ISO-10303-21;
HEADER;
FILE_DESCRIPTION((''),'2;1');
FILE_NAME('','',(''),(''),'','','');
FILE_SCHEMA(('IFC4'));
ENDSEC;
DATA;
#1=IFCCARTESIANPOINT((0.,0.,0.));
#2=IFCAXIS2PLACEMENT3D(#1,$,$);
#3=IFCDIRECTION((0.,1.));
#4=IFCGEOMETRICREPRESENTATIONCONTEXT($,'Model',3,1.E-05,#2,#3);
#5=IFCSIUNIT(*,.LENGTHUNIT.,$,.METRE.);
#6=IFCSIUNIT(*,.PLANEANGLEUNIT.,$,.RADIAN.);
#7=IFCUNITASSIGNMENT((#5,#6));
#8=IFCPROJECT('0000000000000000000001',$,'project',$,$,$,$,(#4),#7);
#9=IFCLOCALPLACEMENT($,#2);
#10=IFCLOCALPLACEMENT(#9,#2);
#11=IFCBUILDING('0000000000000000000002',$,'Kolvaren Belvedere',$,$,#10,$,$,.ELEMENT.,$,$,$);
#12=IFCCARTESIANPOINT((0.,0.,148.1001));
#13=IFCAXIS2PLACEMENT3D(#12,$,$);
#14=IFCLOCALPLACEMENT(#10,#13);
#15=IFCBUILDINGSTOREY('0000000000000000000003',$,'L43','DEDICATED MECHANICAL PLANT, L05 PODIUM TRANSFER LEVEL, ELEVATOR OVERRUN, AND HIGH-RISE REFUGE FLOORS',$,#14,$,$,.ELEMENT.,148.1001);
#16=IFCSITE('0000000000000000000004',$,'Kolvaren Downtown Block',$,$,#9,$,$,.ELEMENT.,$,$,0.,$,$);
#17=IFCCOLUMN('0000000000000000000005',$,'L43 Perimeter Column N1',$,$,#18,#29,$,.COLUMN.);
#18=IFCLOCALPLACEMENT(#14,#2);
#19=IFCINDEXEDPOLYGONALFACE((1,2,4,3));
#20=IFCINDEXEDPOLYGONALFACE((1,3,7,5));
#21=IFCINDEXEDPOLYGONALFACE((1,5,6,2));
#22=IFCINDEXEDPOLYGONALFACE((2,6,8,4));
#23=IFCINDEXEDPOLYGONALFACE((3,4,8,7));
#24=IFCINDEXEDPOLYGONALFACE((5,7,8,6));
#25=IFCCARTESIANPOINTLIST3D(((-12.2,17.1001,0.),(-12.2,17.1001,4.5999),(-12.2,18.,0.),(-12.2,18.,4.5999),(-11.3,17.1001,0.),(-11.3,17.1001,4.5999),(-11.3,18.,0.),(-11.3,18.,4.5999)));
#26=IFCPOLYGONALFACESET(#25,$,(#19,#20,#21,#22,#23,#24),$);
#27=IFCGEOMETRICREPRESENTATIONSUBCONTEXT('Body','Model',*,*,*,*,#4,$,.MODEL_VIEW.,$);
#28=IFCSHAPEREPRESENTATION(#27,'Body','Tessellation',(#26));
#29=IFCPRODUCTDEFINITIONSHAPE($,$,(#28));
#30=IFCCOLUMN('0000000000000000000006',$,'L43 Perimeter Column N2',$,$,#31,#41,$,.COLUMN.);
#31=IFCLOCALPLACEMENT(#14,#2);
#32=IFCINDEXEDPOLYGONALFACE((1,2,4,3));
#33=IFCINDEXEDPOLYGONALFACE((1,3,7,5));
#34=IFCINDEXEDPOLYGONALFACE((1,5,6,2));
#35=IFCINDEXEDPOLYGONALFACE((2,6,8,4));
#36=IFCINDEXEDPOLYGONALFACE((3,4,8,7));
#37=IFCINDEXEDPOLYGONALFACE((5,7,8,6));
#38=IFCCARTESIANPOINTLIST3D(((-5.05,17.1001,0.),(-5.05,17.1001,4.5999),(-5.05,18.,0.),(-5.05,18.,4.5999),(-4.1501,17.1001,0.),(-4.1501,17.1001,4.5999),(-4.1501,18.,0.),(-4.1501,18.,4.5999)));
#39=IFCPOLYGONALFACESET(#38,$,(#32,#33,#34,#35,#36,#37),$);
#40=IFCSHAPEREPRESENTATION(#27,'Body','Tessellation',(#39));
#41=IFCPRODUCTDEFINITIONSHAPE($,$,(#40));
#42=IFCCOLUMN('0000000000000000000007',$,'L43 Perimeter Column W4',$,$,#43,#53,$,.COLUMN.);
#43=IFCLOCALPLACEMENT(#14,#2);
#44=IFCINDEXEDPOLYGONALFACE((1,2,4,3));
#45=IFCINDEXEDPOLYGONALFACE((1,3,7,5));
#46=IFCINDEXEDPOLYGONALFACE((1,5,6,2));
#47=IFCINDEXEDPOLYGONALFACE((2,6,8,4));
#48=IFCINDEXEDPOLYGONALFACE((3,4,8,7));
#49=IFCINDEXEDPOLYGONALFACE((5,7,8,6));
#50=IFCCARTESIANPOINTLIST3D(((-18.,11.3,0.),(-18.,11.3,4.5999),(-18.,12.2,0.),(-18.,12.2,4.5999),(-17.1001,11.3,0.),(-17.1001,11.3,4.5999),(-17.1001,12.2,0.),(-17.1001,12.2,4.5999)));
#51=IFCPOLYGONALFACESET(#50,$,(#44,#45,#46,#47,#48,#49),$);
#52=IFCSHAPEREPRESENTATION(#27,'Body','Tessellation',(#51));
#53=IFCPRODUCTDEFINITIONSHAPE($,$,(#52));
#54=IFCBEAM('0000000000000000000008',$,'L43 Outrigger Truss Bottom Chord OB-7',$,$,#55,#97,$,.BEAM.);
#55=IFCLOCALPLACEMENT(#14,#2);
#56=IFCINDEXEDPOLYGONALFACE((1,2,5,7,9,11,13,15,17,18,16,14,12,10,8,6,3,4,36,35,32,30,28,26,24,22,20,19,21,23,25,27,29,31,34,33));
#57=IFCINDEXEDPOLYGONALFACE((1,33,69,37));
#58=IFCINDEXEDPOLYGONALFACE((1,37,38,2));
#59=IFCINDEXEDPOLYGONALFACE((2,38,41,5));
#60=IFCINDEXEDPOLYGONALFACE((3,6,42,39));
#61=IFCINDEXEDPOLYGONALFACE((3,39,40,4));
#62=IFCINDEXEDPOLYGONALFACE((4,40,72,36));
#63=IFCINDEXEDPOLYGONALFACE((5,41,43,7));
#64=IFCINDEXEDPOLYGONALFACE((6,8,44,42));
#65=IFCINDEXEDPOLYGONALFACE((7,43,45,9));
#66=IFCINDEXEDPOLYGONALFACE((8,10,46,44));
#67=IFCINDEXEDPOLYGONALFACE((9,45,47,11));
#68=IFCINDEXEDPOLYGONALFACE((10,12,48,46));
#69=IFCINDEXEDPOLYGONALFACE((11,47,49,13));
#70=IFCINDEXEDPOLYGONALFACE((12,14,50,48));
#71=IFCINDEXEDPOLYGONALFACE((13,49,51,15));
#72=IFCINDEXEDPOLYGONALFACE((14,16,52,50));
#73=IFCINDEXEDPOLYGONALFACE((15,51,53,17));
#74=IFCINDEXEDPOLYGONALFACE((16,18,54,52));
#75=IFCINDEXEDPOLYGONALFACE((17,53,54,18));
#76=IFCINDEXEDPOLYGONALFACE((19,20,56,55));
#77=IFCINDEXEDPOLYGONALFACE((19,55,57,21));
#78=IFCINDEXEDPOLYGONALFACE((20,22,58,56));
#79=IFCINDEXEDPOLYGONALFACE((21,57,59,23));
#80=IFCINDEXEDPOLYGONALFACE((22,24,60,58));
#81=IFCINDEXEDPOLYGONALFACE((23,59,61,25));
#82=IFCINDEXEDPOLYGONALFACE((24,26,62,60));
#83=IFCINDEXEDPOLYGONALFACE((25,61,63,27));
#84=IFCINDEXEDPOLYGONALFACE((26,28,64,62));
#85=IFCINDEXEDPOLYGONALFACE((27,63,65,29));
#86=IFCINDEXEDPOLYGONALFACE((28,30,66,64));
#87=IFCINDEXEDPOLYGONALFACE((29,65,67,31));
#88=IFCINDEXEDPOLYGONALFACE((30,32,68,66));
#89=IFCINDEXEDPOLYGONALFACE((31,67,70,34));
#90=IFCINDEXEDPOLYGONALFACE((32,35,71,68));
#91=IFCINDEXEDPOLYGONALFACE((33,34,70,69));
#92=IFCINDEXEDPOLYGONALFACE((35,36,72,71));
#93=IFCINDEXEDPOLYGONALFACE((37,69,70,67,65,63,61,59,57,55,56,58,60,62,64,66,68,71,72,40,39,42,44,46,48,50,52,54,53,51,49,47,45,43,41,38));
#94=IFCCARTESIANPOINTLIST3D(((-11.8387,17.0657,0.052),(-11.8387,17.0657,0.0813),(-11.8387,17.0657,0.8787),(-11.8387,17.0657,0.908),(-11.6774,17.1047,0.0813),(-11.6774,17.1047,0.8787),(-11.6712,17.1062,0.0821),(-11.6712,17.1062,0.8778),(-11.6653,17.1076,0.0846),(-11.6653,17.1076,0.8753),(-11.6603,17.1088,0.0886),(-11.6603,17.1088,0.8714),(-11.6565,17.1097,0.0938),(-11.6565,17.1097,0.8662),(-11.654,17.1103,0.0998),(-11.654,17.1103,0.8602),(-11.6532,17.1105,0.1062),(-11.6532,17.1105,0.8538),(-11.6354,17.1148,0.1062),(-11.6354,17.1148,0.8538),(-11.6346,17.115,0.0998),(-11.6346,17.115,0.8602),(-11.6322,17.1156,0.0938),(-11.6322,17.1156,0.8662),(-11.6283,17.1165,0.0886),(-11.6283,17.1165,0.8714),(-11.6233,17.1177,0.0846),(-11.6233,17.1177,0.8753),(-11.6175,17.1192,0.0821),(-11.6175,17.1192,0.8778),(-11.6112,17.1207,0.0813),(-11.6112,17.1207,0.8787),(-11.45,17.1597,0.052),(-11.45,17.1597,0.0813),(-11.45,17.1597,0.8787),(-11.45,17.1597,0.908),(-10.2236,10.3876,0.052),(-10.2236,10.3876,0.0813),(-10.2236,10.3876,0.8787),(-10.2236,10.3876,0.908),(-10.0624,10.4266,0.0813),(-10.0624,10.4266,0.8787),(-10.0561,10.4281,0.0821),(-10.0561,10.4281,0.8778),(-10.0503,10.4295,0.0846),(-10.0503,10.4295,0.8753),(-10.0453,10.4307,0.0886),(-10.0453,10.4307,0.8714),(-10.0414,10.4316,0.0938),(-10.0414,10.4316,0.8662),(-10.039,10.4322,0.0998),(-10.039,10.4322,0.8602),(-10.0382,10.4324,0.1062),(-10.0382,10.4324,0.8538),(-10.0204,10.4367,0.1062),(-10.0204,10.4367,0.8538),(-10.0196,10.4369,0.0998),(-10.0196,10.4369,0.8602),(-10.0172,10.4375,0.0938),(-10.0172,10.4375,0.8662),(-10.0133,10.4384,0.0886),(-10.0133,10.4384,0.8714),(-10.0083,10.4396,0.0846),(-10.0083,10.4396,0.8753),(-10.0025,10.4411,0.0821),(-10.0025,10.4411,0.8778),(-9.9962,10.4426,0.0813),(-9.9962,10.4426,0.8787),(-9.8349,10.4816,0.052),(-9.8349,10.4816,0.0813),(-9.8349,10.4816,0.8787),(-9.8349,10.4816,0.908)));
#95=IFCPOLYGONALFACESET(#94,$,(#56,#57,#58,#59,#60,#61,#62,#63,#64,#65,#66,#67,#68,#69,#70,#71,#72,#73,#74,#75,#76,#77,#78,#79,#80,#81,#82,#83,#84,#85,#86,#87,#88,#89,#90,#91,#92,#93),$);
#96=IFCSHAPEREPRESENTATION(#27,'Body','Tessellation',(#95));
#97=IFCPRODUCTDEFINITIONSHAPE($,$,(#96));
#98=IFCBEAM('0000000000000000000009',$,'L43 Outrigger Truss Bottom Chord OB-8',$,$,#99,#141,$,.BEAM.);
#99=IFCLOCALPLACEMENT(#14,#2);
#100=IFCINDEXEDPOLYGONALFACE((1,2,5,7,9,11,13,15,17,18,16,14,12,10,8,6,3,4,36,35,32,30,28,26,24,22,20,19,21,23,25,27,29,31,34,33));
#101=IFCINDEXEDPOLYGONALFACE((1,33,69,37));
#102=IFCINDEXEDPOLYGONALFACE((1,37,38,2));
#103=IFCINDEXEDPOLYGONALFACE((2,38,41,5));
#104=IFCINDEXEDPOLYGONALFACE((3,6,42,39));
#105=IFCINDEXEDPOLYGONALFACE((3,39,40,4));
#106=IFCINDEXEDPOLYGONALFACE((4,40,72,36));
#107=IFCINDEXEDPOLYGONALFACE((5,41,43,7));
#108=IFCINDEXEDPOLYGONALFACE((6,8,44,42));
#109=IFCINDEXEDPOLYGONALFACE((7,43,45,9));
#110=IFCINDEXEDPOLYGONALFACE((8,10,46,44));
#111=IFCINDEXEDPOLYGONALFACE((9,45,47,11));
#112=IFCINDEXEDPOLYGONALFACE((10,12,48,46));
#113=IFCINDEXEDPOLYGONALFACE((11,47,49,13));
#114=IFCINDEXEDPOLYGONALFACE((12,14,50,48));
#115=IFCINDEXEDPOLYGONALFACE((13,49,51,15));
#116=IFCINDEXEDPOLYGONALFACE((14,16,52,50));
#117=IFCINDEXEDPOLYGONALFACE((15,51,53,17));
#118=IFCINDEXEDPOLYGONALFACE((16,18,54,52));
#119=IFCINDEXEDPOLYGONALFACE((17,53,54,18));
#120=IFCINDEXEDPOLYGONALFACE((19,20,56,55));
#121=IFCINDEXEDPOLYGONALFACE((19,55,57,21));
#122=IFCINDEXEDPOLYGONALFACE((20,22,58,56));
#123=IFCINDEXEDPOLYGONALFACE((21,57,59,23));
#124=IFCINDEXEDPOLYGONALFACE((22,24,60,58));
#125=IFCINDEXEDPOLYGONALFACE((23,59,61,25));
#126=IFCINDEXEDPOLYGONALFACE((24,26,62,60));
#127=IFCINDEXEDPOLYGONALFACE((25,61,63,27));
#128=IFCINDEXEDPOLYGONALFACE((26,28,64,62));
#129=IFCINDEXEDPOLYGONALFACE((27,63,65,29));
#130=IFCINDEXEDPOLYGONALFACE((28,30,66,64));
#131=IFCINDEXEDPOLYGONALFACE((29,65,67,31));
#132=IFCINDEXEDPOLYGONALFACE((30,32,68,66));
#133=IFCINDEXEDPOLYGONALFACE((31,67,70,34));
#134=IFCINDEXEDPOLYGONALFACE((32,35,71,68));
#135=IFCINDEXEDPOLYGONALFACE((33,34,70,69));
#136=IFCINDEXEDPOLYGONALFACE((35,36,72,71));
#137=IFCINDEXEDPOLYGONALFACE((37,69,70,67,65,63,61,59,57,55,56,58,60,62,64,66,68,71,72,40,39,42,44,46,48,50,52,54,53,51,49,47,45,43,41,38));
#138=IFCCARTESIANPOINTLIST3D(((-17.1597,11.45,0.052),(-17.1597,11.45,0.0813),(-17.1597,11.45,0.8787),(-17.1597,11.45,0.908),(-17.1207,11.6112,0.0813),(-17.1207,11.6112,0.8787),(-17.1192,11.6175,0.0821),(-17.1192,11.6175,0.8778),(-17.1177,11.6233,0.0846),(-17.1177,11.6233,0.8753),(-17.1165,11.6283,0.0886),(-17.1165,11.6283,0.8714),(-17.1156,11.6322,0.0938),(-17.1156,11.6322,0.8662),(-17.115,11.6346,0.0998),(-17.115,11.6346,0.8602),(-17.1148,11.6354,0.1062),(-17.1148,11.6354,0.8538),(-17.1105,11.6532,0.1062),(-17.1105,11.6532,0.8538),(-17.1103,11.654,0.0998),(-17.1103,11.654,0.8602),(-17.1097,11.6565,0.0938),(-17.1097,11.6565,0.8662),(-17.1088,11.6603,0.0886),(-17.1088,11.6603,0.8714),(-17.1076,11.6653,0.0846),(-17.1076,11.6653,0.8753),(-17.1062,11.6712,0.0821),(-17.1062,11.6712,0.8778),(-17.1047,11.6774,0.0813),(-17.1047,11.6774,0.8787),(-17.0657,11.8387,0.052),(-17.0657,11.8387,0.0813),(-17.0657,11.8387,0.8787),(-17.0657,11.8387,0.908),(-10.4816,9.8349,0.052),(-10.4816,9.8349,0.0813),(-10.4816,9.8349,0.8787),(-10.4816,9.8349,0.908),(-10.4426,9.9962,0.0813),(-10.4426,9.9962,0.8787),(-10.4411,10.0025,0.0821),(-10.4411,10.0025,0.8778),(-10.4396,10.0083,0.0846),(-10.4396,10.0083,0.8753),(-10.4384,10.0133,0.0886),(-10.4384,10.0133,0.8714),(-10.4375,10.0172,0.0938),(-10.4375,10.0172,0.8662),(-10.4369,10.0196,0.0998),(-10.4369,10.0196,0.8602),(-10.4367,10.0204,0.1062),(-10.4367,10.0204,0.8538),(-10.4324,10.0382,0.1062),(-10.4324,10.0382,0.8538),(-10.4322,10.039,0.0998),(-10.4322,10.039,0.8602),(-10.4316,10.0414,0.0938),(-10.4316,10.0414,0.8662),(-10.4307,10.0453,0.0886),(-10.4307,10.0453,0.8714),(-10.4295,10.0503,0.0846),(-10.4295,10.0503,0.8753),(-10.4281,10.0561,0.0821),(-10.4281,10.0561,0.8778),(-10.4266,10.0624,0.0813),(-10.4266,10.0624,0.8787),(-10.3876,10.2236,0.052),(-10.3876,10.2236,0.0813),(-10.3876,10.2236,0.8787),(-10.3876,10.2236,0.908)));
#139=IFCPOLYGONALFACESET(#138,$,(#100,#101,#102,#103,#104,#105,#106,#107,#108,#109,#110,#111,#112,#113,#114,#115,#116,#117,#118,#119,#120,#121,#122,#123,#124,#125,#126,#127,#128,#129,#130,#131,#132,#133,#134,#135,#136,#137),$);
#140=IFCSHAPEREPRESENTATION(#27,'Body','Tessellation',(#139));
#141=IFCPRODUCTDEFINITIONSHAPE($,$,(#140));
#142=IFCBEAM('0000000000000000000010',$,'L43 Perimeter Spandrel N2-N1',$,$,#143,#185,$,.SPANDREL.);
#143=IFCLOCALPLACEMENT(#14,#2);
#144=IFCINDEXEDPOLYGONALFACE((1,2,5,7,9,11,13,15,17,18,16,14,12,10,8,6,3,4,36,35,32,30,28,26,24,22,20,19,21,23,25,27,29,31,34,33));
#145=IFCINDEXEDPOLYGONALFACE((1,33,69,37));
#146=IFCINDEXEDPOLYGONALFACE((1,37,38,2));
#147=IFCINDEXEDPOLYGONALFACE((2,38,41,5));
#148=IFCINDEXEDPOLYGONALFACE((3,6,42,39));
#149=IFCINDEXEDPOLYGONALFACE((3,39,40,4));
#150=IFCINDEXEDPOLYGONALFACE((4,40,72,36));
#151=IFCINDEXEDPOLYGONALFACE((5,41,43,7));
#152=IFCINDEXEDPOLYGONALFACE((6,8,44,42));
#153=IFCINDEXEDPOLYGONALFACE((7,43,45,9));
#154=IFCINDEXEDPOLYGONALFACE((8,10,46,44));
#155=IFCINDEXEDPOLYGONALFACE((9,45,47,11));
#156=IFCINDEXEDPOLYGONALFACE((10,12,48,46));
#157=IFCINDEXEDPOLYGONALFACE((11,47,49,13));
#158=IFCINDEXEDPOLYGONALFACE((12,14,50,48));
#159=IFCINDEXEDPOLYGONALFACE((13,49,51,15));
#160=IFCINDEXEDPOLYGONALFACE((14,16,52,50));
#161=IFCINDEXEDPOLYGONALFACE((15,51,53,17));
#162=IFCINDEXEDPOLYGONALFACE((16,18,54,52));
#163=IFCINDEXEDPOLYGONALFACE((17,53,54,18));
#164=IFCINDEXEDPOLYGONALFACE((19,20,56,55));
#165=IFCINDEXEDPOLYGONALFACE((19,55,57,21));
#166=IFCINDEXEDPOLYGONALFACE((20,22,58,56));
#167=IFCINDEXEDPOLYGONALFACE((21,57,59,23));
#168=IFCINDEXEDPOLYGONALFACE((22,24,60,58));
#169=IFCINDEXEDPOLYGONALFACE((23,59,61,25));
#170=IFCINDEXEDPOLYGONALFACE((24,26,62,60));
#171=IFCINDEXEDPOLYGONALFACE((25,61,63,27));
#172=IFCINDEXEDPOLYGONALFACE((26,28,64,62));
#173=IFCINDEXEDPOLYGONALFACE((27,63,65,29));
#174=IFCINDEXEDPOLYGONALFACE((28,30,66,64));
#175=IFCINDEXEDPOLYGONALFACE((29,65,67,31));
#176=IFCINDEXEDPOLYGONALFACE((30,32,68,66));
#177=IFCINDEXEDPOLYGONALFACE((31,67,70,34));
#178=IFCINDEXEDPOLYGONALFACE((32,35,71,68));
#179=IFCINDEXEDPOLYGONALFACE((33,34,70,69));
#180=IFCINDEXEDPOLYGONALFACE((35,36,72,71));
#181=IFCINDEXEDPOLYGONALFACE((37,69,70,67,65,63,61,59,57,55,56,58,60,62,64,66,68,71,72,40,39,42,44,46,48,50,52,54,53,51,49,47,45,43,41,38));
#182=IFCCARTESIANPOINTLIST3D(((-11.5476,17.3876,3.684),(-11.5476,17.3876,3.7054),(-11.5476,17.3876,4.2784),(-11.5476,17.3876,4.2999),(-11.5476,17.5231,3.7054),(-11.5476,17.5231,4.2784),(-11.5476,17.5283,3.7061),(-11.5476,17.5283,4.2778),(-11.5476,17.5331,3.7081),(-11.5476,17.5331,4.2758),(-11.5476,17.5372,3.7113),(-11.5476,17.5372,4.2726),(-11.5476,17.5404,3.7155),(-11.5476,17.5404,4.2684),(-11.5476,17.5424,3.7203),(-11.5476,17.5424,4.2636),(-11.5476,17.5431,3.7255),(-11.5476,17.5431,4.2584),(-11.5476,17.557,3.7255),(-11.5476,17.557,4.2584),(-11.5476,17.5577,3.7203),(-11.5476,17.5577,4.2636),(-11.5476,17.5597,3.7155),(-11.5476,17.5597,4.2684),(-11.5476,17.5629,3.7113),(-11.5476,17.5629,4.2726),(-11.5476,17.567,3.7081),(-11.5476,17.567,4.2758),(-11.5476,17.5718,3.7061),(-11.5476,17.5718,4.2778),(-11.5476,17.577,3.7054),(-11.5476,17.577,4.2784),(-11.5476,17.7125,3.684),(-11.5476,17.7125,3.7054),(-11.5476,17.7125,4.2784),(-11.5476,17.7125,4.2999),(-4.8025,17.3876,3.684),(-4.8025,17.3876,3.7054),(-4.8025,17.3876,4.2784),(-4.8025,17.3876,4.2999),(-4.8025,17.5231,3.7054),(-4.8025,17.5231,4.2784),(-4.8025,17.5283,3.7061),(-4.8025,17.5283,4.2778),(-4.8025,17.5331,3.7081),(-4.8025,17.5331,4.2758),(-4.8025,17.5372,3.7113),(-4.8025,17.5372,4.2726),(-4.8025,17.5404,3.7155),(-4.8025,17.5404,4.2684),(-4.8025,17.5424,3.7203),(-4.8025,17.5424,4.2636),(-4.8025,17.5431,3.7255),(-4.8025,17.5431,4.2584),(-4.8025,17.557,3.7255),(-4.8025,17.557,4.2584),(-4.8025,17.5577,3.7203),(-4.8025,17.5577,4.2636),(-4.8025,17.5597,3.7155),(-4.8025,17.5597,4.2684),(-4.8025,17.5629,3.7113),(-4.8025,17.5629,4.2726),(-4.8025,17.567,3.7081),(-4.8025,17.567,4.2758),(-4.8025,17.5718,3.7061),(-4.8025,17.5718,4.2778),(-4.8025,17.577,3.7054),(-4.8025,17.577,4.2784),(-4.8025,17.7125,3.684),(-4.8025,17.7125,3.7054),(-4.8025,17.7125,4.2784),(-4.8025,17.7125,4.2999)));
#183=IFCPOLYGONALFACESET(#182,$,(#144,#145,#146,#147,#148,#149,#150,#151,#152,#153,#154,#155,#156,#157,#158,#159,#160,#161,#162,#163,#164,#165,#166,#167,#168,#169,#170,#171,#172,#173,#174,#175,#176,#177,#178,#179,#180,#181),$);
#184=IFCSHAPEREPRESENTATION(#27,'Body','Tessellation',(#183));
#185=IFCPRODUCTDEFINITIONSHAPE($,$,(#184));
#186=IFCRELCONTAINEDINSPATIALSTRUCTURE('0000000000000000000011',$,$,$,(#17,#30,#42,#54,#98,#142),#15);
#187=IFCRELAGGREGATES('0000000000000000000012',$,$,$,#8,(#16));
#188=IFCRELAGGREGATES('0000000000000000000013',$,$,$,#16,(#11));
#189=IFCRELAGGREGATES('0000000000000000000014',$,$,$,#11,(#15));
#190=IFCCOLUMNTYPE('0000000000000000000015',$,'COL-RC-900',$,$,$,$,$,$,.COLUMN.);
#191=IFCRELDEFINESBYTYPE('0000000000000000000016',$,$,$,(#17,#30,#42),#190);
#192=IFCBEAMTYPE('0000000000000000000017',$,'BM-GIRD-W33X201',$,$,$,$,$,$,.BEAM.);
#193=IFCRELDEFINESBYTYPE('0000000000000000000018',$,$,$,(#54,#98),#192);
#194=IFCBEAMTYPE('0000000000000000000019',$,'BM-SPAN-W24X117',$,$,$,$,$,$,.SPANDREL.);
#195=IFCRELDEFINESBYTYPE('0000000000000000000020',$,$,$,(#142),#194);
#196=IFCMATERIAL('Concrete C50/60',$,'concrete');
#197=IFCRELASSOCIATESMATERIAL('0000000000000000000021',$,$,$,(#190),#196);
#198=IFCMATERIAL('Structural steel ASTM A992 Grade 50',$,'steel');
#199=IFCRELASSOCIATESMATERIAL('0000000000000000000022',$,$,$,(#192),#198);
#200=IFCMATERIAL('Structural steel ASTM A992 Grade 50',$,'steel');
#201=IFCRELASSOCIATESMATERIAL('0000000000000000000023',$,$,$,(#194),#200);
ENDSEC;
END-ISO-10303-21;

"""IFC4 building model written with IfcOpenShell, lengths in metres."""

from ifc_helpers import new_model, si_unit, direction, frame, origin, origin_2d, place, context, subcontext, project, spatial, rectangle, i_section, extrude, material, material_profile, profile_set, type_object, element, save


model = new_model("IFC4")

# Units and contexts
model_context = context("Model", 3, precision=1e-05, world=origin(), true_north=direction((0.0, 1.0)))
body_context = subcontext(model_context, "Body", "Model", "MODEL_VIEW")
ifc_project = project(units=[si_unit("LENGTHUNIT", "METRE"), si_unit("PLANEANGLEUNIT", "RADIAN")], contexts=[model_context])

# Site, building, storey
site_placement = place(None, origin())
site = spatial("IfcSite", under=ifc_project, at=site_placement, Name="Kolvaren Downtown Block", CompositionType="ELEMENT", RefElevation=0.0)
building_placement = place(site_placement, origin())
building = spatial("IfcBuilding", under=site, at=building_placement, Name="Kolvaren Belvedere", CompositionType="ELEMENT")
storey_placement = place(building_placement, frame((0.0, 0.0, 148.1001)))
storey = spatial("IfcBuildingStorey", under=building, at=storey_placement, Name="L43", Description="DEDICATED MECHANICAL PLANT, L05 PODIUM TRANSFER LEVEL, ELEVATOR OVERRUN, AND HIGH-RISE REFUGE FLOORS", CompositionType="ELEMENT", Elevation=148.1001)

# Columns
ifc_material_1 = material(Name="Concrete C50/60", Category="concrete")
ifc_material_profile_1 = material_profile(ifc_material_1, rectangle(XDim=0.8999, YDim=0.8999, at=origin_2d()), Name="RC 900X900")
ifc_profile_set_1 = profile_set([ifc_material_profile_1], Name="Concrete C50/60")
column_type = type_object("IfcColumnType", Name="COL-RC-900", PredefinedType="COLUMN", material=ifc_profile_set_1)
for number, where, z_axis, x_axis, name in (
    (1, (-11.75, 17.55, 0.0), (0.0, 0.0, 1.0), (1.0, 0.0, 0.0), "L43 Perimeter Column N1"),
    (2, (-4.6001, 17.55, 0.0), (0.0, 0.0, 1.0), (1.0, 0.0, 0.0), "L43 Perimeter Column N2"),
    (3, (-17.55, 11.75, 0.0), (0.0, 0.0, 1.0), (1.0, 0.0, 0.0), "L43 Perimeter Column W4"),
):
    element("IfcColumn", number, at=place(storey_placement, frame(where, z_axis=z_axis, x_axis=x_axis)), inside=storey, type_object=column_type, Name=name, PredefinedType="COLUMN", context=body_context, shape_type="SweptSolid", body=[
        extrude(rectangle(XDim=0.8999, YDim=0.8999, at=origin_2d()), origin(), (0.0, 0.0, 1.0), 4.5999),
    ])

# Beams
ifc_material_2 = material(Name="Structural steel ASTM A992 Grade 50", Category="steel")
ifc_material_profile_2 = material_profile(ifc_material_2, i_section(OverallWidth=0.3999, OverallDepth=0.856, WebThickness=0.0183, FlangeThickness=0.0293, FilletRadius=0.0249, at=origin_2d()), Name="W33X201")
ifc_profile_set_2 = profile_set([ifc_material_profile_2], Name="Structural steel ASTM A992 Grade 50")
beam_type_1 = type_object("IfcBeamType", Name="BM-GIRD-W33X201", PredefinedType="BEAM", material=ifc_profile_set_2)
for number, where, z_axis, x_axis, name in (
    (4, (-10.0293, 10.4346, 0.48), (-0.235062, 0.97198, 0.0), (-0.97198, -0.235062, 0.0), "L43 Outrigger Truss Bottom Chord OB-7"),
    (5, (-10.4346, 10.0293, 0.48), (-0.97198, 0.235062, 0.0), (-0.235062, -0.97198, 0.0), "L43 Outrigger Truss Bottom Chord OB-8"),
):
    element("IfcBeam", number, at=place(storey_placement, frame(where, z_axis=z_axis, x_axis=x_axis)), inside=storey, type_object=beam_type_1, Name=name, PredefinedType="BEAM", context=body_context, shape_type="SweptSolid", body=[
        extrude(i_section(OverallWidth=0.3999, OverallDepth=0.856, WebThickness=0.0183, FlangeThickness=0.0293, FilletRadius=0.0249, at=origin_2d()), origin(), (0.0, 0.0, 1.0), 6.8706),
    ])
ifc_material_3 = material(Name="Structural steel ASTM A992 Grade 50", Category="steel")
ifc_material_profile_3 = material_profile(ifc_material_3, i_section(OverallWidth=0.325, OverallDepth=0.616, WebThickness=0.0139, FlangeThickness=0.0215, FilletRadius=0.02, at=origin_2d()), Name="W24X117")
ifc_profile_set_3 = profile_set([ifc_material_profile_3], Name="Structural steel ASTM A992 Grade 50")
beam_type_2 = type_object("IfcBeamType", Name="BM-SPAN-W24X117", PredefinedType="SPANDREL", material=ifc_profile_set_3)
beam_1_placement = place(storey_placement, frame((-4.8025, 17.55, 3.9919), z_axis=(-1.0, 0.0, 0.0), x_axis=(0.0, -1.0, 0.0)))
element("IfcBeam", 6, at=beam_1_placement, inside=storey, type_object=beam_type_2, Name="L43 Perimeter Spandrel N2-N1", PredefinedType="SPANDREL", context=body_context, shape_type="SweptSolid", body=[
    extrude(i_section(OverallWidth=0.325, OverallDepth=0.616, WebThickness=0.0139, FlangeThickness=0.0215, FilletRadius=0.02, at=origin_2d()), origin(), (0.0, 0.0, 1.0), 6.7451),
])

save(model, "model.ifc")
